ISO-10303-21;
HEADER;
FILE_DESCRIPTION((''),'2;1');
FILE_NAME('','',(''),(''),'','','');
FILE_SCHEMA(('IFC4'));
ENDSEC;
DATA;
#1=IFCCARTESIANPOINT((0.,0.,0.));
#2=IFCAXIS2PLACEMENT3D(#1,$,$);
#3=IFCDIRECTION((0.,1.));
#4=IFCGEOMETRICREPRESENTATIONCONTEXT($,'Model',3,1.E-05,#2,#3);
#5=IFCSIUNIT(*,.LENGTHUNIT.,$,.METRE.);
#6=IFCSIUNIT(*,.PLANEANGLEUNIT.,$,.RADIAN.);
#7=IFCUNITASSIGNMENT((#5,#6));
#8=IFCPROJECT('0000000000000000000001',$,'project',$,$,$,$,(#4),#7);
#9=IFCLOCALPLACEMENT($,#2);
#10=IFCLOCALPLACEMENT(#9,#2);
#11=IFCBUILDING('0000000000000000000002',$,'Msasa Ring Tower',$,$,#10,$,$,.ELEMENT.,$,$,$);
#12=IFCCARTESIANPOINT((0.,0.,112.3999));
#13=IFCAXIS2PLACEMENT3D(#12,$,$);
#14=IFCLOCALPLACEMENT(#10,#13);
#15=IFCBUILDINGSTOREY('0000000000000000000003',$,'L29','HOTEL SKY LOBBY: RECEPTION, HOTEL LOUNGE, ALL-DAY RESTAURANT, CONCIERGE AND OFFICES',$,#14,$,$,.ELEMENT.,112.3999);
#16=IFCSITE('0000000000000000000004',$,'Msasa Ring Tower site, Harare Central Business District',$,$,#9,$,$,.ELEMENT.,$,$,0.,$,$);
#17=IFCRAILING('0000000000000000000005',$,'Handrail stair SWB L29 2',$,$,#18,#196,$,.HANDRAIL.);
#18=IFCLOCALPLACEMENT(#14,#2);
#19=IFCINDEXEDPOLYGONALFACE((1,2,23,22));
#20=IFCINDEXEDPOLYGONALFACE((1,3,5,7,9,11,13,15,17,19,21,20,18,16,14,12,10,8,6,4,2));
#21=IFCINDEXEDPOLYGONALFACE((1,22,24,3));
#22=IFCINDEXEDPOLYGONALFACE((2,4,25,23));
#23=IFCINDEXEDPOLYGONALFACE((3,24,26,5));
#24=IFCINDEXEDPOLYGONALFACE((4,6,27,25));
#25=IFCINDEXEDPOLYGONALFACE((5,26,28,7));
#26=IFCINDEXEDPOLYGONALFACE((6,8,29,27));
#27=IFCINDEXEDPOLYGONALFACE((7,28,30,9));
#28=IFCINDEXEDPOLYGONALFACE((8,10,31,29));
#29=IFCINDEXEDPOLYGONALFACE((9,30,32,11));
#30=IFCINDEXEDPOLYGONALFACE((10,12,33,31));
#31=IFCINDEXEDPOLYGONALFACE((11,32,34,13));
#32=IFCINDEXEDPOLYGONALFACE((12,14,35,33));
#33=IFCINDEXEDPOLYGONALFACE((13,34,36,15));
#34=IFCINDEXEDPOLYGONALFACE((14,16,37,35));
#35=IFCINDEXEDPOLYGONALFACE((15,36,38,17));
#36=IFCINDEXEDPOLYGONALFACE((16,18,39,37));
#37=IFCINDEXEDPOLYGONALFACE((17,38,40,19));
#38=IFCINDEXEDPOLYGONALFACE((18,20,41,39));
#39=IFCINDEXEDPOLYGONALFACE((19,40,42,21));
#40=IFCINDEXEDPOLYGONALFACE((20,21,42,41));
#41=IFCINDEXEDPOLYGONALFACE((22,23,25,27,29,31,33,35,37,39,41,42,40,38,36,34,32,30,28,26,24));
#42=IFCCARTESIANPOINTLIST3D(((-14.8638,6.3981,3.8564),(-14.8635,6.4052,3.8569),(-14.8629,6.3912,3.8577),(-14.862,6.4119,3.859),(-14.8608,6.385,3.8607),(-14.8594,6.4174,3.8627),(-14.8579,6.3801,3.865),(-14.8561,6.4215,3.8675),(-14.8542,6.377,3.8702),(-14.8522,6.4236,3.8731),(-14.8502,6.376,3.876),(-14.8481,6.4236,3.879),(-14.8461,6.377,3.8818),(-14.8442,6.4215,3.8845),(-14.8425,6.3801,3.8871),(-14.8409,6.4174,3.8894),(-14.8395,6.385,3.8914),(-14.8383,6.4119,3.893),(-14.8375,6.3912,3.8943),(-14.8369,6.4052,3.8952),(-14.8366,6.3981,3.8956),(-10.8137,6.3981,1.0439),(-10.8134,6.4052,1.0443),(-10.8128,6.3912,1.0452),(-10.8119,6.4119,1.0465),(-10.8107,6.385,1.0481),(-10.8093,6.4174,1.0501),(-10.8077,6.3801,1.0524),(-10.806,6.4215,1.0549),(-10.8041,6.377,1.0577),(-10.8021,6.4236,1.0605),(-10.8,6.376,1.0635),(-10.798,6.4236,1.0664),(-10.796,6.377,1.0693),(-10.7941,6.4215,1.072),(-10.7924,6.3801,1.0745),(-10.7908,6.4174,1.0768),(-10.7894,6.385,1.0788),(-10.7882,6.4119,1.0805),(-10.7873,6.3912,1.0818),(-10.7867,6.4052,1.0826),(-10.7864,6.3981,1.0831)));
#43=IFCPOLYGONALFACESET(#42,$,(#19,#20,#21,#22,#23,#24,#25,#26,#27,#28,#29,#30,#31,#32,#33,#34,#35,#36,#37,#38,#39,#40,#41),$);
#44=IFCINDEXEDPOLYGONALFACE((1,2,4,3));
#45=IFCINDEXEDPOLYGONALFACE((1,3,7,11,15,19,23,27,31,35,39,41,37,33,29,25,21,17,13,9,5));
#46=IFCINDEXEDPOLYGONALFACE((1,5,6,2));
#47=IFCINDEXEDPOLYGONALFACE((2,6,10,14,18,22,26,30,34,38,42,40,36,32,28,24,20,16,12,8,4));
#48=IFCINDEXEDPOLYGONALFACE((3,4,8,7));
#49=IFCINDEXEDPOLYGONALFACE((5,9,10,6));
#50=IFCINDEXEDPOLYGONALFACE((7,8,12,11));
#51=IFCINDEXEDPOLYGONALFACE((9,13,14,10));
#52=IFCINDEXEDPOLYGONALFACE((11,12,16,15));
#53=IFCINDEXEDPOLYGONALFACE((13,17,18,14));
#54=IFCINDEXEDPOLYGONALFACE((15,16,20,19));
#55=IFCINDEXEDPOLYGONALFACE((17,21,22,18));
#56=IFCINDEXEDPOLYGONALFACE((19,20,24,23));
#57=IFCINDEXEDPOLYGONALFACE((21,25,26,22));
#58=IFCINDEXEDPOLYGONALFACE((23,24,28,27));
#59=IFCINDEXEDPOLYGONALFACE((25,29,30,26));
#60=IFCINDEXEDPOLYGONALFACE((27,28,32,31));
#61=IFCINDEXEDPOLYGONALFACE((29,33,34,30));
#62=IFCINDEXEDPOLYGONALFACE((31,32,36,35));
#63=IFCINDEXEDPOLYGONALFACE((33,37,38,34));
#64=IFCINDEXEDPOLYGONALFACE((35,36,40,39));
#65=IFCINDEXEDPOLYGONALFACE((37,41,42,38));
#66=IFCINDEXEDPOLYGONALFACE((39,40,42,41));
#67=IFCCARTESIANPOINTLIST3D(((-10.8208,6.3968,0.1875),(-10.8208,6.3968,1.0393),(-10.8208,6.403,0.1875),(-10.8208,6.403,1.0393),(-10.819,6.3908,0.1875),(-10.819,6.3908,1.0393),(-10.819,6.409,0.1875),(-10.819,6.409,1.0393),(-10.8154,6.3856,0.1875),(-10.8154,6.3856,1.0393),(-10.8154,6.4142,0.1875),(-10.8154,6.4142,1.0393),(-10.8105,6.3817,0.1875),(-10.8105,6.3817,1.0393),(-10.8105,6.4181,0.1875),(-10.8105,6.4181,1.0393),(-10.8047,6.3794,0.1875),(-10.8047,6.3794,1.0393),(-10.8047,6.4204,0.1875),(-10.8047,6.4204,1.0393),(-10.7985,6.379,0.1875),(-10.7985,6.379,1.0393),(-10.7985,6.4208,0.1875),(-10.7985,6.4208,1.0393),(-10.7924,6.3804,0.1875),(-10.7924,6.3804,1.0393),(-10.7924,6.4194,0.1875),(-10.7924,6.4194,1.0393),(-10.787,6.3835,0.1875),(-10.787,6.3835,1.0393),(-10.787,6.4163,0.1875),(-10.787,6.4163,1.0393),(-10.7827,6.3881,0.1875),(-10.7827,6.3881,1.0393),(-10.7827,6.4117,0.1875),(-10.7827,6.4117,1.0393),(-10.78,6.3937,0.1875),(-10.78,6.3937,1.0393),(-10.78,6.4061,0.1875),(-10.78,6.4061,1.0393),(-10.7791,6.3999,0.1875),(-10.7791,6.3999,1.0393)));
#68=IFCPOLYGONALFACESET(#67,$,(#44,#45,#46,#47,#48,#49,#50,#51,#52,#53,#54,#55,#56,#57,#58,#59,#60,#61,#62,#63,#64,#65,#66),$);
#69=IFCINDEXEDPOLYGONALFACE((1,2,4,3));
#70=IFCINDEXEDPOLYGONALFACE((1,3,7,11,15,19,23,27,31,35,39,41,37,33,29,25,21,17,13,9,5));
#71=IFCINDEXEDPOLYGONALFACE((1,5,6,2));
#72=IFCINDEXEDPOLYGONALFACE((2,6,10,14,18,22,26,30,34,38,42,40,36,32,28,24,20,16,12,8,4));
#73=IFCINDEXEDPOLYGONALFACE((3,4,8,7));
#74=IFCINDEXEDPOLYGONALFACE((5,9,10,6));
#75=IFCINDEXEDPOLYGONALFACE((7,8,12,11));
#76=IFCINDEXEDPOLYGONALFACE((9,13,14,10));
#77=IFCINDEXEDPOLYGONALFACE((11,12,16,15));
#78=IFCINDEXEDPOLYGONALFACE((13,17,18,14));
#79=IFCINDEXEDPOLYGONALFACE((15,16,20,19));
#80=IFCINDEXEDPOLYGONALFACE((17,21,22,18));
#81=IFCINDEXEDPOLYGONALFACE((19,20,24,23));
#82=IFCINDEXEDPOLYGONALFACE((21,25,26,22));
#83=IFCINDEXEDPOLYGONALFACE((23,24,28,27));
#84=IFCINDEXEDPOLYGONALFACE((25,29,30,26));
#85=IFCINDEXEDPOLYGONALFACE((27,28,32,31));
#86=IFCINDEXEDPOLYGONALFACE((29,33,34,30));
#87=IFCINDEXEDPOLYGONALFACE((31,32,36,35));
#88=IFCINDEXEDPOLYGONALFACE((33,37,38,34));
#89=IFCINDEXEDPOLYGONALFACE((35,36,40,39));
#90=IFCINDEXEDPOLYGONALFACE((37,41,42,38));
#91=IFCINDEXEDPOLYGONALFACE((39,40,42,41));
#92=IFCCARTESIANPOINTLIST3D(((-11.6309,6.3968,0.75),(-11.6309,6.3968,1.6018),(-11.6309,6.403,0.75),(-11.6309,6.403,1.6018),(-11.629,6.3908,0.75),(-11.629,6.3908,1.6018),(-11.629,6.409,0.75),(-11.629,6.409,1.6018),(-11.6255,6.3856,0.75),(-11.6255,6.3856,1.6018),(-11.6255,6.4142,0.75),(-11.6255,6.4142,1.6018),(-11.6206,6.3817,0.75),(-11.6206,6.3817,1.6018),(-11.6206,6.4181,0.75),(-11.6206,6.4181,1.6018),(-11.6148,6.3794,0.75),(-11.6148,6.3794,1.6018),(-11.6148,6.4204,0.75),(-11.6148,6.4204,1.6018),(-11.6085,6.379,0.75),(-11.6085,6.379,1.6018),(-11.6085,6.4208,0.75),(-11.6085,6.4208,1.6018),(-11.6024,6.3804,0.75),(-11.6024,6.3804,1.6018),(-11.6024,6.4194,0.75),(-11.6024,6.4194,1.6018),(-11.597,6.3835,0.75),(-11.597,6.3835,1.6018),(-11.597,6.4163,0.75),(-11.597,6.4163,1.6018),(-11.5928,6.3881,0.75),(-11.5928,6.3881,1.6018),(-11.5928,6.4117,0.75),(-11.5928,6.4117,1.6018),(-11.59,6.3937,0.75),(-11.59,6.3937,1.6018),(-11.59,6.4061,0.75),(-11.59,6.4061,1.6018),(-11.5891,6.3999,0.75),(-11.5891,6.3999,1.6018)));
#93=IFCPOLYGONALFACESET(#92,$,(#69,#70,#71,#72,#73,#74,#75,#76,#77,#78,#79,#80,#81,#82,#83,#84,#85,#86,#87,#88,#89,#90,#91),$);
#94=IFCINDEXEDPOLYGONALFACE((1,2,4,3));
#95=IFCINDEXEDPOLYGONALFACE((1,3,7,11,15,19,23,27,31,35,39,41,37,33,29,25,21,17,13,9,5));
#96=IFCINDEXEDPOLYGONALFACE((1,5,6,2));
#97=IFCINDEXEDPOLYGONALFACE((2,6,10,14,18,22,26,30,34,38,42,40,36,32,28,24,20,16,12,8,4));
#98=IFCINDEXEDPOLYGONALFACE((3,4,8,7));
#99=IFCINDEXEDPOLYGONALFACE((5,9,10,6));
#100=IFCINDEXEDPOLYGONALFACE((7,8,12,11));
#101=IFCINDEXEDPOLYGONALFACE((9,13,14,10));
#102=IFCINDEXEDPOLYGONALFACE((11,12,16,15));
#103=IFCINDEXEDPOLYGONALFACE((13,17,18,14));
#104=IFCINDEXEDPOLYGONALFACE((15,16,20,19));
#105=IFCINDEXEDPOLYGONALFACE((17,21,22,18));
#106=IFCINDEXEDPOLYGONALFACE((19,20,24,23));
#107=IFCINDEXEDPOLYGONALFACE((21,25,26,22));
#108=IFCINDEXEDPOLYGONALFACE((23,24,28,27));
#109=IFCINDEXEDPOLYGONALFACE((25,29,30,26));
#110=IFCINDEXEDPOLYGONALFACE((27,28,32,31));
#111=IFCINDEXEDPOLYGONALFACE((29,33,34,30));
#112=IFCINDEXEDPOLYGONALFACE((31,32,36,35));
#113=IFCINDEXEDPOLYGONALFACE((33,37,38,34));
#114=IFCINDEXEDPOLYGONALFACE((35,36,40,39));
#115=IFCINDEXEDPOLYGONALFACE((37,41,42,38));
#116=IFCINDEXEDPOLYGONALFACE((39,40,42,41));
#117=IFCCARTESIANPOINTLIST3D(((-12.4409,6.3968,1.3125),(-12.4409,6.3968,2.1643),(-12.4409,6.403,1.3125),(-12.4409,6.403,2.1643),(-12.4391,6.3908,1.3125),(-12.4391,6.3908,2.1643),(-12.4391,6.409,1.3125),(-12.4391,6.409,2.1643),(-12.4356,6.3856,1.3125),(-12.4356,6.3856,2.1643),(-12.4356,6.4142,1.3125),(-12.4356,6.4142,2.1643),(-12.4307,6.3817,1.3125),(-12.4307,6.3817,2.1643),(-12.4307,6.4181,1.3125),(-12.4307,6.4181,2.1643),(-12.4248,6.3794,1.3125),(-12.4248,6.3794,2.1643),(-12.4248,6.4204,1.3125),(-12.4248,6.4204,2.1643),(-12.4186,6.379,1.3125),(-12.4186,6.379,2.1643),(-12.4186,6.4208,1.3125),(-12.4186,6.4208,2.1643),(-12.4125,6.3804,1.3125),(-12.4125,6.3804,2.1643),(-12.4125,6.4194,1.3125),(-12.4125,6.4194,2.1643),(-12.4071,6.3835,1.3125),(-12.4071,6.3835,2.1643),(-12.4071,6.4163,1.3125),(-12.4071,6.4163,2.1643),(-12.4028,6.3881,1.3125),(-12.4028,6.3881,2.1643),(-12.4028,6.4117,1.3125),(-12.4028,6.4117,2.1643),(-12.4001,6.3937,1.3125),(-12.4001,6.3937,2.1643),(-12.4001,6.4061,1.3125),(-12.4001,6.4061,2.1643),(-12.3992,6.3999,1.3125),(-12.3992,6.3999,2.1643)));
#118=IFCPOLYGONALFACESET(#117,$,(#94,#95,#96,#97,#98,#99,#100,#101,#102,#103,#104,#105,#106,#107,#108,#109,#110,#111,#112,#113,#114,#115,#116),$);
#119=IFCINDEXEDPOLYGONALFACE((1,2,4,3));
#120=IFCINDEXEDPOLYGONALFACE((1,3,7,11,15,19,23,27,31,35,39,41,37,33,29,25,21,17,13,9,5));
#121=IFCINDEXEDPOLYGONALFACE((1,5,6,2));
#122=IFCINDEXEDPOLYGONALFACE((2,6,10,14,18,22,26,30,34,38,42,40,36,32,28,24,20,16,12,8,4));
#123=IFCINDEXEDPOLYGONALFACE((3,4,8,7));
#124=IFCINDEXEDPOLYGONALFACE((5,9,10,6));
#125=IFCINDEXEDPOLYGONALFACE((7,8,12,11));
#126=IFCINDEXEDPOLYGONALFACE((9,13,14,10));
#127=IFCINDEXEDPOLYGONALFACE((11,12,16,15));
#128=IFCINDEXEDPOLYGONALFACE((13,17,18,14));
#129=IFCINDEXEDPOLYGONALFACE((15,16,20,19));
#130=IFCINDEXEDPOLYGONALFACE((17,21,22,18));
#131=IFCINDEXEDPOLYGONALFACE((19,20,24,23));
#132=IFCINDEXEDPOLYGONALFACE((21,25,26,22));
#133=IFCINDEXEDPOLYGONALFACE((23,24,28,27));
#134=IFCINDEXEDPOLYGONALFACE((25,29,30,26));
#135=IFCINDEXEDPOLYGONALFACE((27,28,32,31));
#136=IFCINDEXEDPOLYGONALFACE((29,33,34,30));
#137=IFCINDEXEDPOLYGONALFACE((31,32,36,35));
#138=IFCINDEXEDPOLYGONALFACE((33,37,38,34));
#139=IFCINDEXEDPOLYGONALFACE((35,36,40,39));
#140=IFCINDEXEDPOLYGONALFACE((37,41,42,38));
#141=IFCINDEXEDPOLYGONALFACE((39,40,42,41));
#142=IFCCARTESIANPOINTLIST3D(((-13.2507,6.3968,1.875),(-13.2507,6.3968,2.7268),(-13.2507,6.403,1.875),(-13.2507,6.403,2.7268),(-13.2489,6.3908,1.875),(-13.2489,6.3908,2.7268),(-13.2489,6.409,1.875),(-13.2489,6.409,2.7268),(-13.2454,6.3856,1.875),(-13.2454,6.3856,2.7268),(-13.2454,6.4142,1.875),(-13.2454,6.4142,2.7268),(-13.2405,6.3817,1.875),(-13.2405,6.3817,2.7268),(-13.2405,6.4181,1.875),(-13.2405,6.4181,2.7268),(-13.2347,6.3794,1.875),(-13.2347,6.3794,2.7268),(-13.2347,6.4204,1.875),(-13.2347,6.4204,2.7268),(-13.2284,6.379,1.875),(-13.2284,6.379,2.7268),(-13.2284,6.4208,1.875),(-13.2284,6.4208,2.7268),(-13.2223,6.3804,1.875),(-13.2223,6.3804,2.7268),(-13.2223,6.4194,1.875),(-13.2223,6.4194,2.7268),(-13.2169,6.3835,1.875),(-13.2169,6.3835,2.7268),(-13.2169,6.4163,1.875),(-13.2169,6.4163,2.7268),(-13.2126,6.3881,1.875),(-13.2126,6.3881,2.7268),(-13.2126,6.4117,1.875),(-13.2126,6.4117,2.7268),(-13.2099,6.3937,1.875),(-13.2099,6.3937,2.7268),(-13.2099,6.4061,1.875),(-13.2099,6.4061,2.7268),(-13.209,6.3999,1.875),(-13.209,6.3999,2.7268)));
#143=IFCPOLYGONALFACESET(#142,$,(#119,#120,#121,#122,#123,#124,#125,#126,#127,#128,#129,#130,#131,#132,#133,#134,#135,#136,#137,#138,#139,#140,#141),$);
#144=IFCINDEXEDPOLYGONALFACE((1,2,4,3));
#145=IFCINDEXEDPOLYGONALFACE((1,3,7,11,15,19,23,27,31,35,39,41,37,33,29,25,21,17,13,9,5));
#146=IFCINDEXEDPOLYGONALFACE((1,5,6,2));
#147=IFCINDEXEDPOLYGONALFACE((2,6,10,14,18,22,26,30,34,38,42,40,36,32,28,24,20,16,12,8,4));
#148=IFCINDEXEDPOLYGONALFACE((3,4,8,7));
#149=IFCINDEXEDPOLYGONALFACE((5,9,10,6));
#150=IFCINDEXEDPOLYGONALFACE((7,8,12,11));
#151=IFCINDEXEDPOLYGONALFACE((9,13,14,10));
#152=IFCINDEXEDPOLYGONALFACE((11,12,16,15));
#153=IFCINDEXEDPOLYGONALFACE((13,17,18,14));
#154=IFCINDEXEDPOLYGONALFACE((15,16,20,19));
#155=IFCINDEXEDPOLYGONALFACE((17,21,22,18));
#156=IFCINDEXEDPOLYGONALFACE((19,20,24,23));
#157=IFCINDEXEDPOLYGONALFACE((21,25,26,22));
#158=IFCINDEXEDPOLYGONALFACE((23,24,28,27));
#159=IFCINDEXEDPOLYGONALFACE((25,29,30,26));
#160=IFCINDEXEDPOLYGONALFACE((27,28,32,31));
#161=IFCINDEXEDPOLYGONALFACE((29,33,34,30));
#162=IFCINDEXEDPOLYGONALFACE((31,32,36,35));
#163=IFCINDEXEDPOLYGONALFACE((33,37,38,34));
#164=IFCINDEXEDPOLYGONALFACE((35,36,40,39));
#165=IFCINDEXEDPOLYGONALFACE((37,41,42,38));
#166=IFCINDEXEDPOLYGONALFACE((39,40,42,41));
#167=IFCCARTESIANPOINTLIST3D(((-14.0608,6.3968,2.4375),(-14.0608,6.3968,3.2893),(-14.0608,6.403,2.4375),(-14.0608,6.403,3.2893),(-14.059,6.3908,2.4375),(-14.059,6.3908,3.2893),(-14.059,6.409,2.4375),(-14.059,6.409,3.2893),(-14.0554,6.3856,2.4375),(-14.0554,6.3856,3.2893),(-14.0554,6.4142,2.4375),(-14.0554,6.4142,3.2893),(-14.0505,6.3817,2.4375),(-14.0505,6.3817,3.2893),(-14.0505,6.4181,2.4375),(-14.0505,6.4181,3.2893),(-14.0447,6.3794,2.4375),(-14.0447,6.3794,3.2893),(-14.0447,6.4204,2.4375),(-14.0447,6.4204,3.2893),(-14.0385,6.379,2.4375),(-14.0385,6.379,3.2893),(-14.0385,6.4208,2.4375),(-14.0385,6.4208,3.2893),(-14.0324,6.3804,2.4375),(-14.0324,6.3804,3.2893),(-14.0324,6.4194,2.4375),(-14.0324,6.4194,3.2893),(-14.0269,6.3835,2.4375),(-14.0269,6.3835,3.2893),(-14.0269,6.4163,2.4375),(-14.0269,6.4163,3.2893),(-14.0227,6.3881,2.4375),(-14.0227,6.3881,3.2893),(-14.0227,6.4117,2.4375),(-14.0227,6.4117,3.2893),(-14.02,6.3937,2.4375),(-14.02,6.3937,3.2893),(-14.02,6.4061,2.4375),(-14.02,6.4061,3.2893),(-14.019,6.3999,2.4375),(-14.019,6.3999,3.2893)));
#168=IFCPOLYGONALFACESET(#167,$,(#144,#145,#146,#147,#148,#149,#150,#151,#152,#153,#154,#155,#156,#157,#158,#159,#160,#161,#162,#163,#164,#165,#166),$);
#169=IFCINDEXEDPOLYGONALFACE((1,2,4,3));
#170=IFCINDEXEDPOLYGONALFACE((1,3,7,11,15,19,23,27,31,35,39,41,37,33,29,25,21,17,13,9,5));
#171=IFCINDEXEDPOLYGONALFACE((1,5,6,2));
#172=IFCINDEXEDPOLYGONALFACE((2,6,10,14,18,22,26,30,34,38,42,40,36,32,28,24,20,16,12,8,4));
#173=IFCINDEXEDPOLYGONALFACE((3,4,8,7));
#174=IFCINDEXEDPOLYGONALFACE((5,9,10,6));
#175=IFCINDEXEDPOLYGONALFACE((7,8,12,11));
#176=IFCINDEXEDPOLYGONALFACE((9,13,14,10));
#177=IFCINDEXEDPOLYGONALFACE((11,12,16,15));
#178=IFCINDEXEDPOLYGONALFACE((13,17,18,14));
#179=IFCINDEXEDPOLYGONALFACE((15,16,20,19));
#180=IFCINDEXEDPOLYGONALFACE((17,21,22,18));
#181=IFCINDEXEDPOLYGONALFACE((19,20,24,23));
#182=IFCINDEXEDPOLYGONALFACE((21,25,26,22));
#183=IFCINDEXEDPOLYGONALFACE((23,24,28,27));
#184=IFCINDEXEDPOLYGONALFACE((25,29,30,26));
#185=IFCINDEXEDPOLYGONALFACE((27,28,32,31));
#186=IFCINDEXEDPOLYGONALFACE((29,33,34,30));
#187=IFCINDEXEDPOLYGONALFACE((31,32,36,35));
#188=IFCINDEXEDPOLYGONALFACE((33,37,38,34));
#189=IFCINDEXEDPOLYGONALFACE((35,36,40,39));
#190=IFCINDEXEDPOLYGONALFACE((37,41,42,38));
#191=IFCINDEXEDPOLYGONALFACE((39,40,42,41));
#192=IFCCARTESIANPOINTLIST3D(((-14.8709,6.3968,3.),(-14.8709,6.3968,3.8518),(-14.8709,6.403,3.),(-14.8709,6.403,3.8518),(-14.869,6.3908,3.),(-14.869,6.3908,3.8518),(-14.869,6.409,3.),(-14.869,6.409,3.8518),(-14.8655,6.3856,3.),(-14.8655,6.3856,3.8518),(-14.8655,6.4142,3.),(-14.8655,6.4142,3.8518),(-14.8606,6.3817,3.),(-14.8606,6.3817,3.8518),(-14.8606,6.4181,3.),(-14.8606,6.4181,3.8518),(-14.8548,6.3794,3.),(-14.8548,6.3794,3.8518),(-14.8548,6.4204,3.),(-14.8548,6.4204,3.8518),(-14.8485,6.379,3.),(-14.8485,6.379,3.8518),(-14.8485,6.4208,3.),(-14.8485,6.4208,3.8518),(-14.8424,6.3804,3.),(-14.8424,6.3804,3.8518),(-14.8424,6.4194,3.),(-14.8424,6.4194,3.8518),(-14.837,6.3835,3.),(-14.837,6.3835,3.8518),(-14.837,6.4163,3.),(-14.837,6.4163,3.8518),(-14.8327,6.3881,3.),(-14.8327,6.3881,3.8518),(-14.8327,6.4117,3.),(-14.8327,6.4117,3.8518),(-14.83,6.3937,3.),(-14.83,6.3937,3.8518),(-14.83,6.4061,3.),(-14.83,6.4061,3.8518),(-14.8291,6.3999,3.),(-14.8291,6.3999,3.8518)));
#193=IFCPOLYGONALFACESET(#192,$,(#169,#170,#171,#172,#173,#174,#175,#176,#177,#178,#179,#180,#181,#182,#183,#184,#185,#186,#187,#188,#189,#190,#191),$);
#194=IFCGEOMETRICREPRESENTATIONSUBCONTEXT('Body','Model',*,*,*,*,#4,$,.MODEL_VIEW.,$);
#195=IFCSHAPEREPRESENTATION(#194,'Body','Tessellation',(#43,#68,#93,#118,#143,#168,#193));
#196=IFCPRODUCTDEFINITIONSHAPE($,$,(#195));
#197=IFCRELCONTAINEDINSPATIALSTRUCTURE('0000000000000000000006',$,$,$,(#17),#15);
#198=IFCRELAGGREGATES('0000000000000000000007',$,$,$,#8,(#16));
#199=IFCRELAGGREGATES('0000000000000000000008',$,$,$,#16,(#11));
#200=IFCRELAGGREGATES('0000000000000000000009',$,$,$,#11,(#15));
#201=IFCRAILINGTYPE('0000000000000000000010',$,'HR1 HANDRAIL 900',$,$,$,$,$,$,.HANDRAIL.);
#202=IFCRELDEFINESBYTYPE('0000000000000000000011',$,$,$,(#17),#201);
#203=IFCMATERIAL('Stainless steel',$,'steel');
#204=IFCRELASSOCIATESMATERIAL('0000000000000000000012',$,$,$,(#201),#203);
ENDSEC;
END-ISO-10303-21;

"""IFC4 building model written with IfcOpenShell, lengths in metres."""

from ifc_helpers import new_model, si_unit, direction, frame, origin, origin_2d, place, context, subcontext, project, spatial, circle, extrude, material, type_object, element, save


model = new_model("IFC4")

# Units and contexts
model_context = context("Model", 3, precision=1e-05, world=origin(), true_north=direction((0.0, 1.0)))
body_context = subcontext(model_context, "Body", "Model", "MODEL_VIEW")
ifc_project = project(units=[si_unit("LENGTHUNIT", "METRE"), si_unit("PLANEANGLEUNIT", "RADIAN")], contexts=[model_context])

# Site, building, storey
site_placement = place(None, origin())
site = spatial("IfcSite", under=ifc_project, at=site_placement, Name="Msasa Ring Tower site, Harare Central Business District", CompositionType="ELEMENT", RefElevation=0.0)
building_placement = place(site_placement, origin())
building = spatial("IfcBuilding", under=site, at=building_placement, Name="Msasa Ring Tower", CompositionType="ELEMENT")
storey_placement = place(building_placement, frame((0.0, 0.0, 112.3999)))
storey = spatial("IfcBuildingStorey", under=building, at=storey_placement, Name="L29", Description="HOTEL SKY LOBBY: RECEPTION, HOTEL LOUNGE, ALL-DAY RESTAURANT, CONCIERGE AND OFFICES", CompositionType="ELEMENT", Elevation=112.3999)

# Railing
ifc_material_1 = material(Name="Stainless steel", Category="steel")
railing_type = type_object("IfcRailingType", Name="HR1 HANDRAIL 900", PredefinedType="HANDRAIL", material=ifc_material_1)
for number, where, name in (
    (1, (-10.8, 6.3999, 0.1875), "Handrail stair SWB L29 2"),
):
    element("IfcRailing", number, at=place(storey_placement, frame(where)), inside=storey, type_object=railing_type, Name=name, PredefinedType="HANDRAIL", context=body_context, shape_type="SweptSolid", body=[
        extrude(circle(Radius=0.0239, at=origin_2d()), frame((0.0, 0.0, 0.876), z_axis=(-0.821373, 0.0, 0.570391), x_axis=(0.0, -1.0, 0.0)), (0.0, 0.0, 1.0), 4.9309),
        extrude(circle(Radius=0.021, at=origin_2d()), origin(), (0.0, 0.0, 1.0), 0.8518),
        extrude(circle(Radius=0.021, at=origin_2d()), frame((-0.8101, 0.0, 0.5625)), (0.0, 0.0, 1.0), 0.8518),
        extrude(circle(Radius=0.021, at=origin_2d()), frame((-1.6201, 0.0, 1.125)), (0.0, 0.0, 1.0), 0.8518),
        extrude(circle(Radius=0.021, at=origin_2d()), frame((-2.4299, 0.0, 1.6875)), (0.0, 0.0, 1.0), 0.8518),
        extrude(circle(Radius=0.021, at=origin_2d()), frame((-3.24, 0.0, 2.25)), (0.0, 0.0, 1.0), 0.8518),
        extrude(circle(Radius=0.021, at=origin_2d()), frame((-4.05, 0.0, 2.8125)), (0.0, 0.0, 1.0), 0.8518),
    ])

save(model, "model.ifc")
